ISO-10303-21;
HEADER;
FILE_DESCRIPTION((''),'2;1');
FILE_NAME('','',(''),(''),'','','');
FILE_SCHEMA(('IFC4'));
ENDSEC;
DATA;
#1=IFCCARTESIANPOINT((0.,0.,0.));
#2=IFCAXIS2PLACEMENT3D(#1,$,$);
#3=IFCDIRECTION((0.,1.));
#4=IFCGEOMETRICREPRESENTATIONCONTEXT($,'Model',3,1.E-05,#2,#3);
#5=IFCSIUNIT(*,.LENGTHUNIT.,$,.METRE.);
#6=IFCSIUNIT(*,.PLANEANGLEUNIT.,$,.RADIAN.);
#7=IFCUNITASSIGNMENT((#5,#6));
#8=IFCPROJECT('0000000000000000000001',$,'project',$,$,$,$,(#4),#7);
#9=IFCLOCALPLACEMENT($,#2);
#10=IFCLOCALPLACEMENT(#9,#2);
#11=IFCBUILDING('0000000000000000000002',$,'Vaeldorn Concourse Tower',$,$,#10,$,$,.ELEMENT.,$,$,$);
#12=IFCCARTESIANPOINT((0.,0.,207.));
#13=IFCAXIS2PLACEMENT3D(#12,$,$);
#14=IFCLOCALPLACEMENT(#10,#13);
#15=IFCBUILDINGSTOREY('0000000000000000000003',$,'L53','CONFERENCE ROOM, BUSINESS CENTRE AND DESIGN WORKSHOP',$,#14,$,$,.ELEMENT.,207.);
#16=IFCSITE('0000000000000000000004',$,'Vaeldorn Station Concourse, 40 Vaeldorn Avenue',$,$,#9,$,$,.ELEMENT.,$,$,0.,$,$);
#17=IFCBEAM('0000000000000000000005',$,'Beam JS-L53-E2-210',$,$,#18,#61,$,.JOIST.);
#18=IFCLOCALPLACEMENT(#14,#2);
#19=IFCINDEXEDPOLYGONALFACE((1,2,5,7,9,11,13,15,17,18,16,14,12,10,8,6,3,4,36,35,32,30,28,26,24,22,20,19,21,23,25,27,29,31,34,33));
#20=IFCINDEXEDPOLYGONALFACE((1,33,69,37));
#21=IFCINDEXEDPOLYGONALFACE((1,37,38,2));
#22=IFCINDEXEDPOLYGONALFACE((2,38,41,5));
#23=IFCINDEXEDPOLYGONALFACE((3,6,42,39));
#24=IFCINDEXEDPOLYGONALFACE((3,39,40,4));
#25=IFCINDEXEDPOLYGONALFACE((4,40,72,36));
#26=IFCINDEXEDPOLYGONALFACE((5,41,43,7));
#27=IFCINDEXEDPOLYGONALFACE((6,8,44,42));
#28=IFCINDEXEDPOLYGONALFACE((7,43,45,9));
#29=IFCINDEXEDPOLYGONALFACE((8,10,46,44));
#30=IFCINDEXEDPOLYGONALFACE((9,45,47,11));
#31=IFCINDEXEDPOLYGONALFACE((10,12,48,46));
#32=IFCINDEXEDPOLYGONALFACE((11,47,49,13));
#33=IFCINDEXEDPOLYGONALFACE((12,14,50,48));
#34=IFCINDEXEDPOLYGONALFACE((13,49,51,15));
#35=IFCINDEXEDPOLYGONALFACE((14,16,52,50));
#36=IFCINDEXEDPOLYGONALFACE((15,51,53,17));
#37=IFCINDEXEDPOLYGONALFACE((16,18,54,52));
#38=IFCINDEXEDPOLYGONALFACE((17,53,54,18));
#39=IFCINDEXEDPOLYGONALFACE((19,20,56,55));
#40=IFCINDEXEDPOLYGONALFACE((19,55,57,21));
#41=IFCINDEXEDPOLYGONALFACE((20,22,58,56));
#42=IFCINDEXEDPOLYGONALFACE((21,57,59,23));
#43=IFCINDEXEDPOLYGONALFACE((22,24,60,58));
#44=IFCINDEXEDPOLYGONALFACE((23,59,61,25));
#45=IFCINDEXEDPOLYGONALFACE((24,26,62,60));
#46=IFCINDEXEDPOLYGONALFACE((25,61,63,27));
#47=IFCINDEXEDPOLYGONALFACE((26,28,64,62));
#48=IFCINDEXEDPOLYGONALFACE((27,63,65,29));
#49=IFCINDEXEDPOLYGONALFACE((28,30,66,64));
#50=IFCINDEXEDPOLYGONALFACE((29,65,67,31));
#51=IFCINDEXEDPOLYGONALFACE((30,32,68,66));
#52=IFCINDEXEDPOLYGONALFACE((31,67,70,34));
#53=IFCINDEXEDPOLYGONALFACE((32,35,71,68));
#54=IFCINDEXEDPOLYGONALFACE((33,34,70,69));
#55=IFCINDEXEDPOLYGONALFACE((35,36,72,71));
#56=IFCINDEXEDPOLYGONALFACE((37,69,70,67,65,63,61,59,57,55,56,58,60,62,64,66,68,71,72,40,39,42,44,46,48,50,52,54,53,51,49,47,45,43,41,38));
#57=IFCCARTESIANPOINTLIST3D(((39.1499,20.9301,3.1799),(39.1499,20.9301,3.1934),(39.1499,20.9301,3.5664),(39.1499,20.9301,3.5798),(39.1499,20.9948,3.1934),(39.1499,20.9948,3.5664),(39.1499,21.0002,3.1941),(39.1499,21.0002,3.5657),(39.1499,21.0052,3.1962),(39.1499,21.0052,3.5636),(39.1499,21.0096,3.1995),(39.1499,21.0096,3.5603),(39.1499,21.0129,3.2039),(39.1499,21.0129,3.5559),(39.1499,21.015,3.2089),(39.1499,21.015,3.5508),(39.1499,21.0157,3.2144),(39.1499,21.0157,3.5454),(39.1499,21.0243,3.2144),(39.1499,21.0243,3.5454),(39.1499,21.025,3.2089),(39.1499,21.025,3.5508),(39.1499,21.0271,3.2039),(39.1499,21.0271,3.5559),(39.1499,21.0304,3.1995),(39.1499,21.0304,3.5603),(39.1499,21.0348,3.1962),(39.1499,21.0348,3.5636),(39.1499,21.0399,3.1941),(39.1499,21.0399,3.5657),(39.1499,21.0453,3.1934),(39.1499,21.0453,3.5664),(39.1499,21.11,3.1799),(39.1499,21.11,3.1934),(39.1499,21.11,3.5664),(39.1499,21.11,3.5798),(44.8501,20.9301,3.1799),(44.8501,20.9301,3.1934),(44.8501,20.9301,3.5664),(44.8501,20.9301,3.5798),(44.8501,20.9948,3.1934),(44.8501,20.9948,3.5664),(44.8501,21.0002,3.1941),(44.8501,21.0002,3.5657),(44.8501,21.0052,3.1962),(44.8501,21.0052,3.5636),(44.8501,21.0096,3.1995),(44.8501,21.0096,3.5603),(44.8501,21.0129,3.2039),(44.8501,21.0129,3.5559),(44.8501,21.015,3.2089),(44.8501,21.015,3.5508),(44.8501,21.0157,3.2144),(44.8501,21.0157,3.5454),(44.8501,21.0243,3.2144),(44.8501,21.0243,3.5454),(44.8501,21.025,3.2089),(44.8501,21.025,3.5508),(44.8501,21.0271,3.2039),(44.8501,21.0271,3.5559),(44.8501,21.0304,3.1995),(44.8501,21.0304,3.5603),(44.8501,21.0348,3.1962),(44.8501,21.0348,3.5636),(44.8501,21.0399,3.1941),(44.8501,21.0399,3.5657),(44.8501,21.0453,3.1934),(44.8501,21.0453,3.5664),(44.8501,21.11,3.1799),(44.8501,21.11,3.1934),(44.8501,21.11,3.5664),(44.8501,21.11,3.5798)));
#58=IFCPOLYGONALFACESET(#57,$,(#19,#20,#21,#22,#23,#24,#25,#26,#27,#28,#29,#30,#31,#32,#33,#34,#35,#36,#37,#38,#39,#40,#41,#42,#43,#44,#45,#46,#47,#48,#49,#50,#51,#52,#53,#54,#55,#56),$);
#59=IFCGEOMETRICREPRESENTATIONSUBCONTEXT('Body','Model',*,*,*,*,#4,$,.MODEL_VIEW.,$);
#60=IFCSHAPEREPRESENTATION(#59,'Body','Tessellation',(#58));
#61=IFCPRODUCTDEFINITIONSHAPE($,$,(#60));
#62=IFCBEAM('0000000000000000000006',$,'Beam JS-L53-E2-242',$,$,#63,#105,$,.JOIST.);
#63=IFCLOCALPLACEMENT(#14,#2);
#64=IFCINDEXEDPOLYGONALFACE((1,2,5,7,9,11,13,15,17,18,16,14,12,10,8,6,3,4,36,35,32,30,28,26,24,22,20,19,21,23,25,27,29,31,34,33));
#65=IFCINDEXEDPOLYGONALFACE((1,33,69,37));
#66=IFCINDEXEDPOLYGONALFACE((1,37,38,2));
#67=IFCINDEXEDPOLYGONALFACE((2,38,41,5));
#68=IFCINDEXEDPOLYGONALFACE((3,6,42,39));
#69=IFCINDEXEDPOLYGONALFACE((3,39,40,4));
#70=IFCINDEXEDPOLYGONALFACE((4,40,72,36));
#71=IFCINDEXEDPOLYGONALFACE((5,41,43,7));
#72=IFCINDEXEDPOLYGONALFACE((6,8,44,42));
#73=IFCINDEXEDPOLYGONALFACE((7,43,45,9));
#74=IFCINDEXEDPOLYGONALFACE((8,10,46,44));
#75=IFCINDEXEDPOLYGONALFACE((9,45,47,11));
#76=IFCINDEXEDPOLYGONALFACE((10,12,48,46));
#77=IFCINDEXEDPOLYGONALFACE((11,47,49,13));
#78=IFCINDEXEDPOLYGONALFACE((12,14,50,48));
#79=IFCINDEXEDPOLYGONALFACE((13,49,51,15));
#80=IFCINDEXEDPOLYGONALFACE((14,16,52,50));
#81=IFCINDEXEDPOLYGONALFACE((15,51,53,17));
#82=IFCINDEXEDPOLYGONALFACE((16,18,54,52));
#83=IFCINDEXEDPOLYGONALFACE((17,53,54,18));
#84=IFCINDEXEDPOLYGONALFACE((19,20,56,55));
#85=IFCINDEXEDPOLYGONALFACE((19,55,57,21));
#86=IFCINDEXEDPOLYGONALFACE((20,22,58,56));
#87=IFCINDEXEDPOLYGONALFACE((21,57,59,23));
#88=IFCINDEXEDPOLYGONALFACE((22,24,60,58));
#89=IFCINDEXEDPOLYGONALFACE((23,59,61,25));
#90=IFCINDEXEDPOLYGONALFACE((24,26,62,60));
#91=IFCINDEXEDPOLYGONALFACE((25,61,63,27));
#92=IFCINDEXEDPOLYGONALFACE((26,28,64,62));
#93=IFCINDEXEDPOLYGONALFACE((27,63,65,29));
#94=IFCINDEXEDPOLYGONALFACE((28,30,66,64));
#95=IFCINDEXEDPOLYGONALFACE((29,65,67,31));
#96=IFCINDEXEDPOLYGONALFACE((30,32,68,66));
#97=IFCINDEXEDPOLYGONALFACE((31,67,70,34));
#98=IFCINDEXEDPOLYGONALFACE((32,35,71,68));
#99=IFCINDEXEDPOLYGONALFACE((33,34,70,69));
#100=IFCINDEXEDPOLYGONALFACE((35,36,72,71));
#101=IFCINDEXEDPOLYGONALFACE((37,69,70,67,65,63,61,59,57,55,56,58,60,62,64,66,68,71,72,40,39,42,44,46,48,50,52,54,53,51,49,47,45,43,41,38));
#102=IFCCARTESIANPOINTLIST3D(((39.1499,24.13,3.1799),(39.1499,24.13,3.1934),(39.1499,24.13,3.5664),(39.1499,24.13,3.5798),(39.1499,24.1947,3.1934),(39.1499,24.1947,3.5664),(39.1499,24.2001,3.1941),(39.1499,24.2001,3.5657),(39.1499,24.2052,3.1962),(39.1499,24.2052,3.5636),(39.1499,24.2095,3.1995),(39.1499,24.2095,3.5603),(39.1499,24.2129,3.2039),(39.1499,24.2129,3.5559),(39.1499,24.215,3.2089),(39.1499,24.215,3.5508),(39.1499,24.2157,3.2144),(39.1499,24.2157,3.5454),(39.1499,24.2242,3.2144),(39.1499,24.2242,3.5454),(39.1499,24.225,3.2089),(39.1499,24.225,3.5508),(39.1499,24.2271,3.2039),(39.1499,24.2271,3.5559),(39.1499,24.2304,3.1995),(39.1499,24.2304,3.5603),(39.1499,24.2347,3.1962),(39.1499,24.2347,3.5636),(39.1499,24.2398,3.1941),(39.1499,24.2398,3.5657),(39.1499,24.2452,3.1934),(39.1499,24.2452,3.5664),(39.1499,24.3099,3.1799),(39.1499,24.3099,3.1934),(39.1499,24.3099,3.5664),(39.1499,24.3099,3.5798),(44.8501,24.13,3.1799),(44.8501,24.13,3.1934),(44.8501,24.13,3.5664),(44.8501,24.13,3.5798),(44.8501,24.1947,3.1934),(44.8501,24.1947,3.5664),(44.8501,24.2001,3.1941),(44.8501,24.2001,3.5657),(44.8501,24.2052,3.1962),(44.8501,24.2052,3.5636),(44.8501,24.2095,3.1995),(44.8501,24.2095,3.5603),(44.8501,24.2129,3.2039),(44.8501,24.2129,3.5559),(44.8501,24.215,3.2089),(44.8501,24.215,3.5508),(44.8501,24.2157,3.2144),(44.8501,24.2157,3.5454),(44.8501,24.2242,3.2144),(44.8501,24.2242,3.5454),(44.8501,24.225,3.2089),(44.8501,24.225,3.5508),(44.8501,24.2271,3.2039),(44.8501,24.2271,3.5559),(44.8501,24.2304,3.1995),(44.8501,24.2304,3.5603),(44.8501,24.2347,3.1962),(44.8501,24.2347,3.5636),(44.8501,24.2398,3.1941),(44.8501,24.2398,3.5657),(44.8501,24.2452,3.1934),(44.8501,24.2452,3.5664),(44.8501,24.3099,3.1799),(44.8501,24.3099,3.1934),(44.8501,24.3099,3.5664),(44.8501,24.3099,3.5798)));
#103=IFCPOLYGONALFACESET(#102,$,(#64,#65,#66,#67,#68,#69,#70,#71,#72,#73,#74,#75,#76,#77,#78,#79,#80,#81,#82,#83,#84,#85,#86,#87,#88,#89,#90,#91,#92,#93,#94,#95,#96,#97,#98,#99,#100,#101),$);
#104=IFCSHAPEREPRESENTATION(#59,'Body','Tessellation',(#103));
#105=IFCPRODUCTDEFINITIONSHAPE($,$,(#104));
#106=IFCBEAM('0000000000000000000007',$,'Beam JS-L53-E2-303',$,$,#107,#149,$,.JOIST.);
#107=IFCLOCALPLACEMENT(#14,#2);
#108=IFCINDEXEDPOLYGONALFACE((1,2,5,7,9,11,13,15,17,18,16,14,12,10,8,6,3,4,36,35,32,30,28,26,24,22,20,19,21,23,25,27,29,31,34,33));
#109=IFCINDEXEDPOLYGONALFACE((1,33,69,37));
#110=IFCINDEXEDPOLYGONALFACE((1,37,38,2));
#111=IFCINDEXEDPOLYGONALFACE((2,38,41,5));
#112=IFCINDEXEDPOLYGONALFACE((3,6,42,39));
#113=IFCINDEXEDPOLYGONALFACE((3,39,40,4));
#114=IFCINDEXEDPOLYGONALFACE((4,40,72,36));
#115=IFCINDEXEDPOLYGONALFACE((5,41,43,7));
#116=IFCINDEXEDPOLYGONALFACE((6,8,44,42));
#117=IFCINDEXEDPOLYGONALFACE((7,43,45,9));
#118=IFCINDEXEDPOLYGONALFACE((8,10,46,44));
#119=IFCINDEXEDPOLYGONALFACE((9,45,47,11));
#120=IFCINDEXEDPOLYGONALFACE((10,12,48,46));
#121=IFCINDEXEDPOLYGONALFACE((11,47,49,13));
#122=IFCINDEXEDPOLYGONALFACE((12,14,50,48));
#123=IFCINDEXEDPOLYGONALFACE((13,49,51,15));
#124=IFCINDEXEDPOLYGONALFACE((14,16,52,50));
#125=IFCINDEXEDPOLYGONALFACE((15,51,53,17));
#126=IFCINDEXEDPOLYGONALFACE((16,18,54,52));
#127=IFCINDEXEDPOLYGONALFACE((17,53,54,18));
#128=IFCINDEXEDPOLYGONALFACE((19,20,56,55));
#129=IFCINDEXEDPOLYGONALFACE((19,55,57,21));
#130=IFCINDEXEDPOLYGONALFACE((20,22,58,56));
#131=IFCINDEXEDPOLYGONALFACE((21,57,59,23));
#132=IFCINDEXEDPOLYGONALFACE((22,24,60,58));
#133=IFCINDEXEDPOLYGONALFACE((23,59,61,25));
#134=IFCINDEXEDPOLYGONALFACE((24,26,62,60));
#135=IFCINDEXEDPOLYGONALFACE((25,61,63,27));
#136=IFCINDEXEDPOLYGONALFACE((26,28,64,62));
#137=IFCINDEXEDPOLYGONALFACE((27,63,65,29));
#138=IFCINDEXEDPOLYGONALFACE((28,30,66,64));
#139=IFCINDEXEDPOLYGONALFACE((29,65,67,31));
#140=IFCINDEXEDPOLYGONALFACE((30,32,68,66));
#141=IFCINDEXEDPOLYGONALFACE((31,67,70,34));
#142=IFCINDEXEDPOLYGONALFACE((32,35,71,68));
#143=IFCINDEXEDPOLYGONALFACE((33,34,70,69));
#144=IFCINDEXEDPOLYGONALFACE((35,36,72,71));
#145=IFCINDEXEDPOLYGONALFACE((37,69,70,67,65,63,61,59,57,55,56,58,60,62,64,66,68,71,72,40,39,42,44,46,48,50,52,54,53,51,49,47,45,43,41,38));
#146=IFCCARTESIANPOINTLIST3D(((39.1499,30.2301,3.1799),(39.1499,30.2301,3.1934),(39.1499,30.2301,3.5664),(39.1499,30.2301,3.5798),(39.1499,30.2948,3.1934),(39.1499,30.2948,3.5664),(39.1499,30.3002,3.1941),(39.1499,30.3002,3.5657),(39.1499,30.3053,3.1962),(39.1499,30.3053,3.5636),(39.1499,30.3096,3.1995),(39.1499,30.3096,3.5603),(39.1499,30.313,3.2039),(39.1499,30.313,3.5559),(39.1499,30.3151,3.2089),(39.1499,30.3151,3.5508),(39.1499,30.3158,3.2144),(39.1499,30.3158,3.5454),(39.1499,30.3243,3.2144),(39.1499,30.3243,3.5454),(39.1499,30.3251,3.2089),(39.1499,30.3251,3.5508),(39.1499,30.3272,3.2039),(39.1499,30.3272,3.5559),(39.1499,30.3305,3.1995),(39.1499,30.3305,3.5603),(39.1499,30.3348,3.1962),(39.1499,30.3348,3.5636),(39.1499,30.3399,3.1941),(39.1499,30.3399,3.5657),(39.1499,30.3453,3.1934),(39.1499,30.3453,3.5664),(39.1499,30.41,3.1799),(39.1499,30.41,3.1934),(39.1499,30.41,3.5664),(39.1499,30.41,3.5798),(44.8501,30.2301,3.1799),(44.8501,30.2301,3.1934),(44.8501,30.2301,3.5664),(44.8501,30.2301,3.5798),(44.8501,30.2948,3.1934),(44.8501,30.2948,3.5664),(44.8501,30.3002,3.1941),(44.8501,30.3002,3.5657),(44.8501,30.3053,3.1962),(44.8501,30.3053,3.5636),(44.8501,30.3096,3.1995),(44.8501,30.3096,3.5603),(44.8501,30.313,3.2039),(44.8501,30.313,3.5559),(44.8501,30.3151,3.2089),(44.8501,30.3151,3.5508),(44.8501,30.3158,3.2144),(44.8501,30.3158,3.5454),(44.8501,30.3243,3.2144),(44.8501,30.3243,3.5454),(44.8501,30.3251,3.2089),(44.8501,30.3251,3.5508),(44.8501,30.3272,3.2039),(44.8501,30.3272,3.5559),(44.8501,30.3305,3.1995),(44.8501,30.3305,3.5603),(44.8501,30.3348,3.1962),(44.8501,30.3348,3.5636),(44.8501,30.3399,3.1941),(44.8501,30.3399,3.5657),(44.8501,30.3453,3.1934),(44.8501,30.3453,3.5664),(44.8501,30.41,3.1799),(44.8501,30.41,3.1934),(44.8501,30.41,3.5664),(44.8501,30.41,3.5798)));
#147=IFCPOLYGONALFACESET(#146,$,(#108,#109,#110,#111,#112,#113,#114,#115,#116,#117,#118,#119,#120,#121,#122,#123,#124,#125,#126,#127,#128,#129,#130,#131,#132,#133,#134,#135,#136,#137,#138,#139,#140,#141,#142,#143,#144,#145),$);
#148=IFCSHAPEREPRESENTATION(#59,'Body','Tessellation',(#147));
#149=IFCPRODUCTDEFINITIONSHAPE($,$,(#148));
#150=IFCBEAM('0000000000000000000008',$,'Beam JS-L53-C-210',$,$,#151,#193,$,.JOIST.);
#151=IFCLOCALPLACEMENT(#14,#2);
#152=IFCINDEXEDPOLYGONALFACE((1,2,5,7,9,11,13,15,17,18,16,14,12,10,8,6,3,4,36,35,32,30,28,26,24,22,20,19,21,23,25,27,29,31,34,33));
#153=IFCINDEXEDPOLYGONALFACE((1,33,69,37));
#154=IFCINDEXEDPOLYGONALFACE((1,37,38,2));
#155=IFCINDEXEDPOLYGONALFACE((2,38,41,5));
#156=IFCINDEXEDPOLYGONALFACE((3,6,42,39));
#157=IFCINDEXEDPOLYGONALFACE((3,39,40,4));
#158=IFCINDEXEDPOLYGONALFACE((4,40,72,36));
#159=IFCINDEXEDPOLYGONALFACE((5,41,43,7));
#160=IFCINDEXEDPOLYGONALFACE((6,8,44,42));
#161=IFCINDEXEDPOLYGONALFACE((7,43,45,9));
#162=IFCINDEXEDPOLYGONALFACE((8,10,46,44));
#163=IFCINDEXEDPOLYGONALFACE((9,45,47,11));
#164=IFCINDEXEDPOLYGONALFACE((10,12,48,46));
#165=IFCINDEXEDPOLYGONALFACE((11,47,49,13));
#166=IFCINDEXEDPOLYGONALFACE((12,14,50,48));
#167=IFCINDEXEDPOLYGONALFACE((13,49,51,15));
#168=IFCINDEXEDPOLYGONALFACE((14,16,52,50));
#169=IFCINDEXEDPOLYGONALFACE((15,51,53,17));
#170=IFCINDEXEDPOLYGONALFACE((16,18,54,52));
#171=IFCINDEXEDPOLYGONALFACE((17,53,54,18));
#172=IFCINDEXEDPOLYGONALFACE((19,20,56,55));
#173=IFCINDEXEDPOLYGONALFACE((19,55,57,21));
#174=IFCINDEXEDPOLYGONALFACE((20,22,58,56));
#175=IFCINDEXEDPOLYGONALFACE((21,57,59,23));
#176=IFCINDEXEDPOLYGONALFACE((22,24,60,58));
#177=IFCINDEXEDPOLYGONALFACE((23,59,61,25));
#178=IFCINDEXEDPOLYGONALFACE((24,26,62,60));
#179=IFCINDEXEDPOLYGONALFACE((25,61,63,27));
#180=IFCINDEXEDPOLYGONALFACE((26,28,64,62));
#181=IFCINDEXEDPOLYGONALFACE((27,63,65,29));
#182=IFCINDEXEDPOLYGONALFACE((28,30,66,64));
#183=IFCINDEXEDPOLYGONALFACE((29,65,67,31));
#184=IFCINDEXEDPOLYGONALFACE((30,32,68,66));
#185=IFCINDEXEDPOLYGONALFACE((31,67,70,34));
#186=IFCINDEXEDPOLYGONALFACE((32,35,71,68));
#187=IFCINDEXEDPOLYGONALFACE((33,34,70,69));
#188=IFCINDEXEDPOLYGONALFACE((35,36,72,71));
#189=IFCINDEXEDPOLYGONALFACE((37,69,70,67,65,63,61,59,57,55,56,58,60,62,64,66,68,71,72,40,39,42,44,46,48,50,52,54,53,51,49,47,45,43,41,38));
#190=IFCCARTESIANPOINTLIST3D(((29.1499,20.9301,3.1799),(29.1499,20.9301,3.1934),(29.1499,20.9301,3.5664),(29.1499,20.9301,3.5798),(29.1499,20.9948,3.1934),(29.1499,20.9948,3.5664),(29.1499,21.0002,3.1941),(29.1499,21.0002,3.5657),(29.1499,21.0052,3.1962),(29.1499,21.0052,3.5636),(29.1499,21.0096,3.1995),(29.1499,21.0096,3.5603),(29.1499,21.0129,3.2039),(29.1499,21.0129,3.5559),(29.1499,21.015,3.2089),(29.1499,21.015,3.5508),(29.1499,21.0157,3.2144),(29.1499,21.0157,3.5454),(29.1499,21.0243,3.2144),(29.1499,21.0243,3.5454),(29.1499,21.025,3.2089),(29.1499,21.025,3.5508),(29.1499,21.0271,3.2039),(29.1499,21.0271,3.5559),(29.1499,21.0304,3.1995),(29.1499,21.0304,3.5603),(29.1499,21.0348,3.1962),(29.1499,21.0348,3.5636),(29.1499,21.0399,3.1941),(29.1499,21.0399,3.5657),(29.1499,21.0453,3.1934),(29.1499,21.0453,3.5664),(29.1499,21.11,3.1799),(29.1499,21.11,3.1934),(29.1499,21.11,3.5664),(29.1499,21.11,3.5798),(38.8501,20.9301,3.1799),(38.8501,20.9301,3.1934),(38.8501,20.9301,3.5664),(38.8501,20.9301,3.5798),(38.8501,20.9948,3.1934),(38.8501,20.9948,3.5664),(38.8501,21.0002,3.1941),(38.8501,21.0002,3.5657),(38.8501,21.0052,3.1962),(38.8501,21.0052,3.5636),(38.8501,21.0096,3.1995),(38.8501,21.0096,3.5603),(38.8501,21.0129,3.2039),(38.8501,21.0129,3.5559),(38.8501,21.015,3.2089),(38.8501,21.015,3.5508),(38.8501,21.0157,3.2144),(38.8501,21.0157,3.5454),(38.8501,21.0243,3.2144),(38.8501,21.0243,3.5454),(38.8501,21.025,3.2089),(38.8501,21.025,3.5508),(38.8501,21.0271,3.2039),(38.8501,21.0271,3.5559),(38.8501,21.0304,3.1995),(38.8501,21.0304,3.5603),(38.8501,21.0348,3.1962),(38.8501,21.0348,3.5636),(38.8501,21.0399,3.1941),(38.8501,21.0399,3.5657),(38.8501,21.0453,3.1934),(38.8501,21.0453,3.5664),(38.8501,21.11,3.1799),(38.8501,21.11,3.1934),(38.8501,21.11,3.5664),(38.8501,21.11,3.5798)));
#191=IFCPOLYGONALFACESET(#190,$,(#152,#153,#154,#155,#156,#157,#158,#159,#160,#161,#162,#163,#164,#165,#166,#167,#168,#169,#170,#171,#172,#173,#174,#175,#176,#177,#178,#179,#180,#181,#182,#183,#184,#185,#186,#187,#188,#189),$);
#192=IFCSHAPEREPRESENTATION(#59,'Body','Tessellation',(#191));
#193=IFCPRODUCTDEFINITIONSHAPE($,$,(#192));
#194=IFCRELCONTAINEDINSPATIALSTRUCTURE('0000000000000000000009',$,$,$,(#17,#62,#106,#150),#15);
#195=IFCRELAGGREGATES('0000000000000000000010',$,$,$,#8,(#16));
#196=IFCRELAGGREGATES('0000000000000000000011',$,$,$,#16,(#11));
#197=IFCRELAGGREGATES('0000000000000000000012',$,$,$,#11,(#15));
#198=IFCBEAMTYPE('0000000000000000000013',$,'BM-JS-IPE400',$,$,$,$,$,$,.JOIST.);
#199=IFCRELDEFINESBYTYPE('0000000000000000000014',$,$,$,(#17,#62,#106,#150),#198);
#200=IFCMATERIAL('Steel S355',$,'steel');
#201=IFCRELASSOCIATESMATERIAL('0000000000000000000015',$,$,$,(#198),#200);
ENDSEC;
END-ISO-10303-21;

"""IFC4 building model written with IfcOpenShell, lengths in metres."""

from ifc_helpers import new_model, si_unit, direction, frame, origin, origin_2d, place, context, subcontext, project, spatial, i_section, extrude, source, transform, mapped, material, material_profile, profile_set, type_object, element, save


model = new_model("IFC4")

# Units and contexts
model_context = context("Model", 3, precision=1e-05, world=origin(), true_north=direction((0.0, 1.0)))
body_context = subcontext(model_context, "Body", "Model", "MODEL_VIEW")
ifc_project = project(units=[si_unit("LENGTHUNIT", "METRE"), si_unit("PLANEANGLEUNIT", "RADIAN")], contexts=[model_context])

# Site, building, storey
site_placement = place(None, origin())
site = spatial("IfcSite", under=ifc_project, at=site_placement, Name="Vaeldorn Station Concourse, 40 Vaeldorn Avenue", CompositionType="ELEMENT", RefElevation=0.0)
building_placement = place(site_placement, origin())
building = spatial("IfcBuilding", under=site, at=building_placement, Name="Vaeldorn Concourse Tower", CompositionType="ELEMENT")
storey_placement = place(building_placement, frame((0.0, 0.0, 207.0)))
storey = spatial("IfcBuildingStorey", under=building, at=storey_placement, Name="L53", Description="CONFERENCE ROOM, BUSINESS CENTRE AND DESIGN WORKSHOP", CompositionType="ELEMENT", Elevation=207.0)

# Shared definitions
ifc_material_1 = material(Name="Steel S355", Category="steel")

# Beams
ifc_material_profile_1 = material_profile(ifc_material_1, i_section(OverallWidth=0.1799, OverallDepth=0.3999, WebThickness=0.0085, FlangeThickness=0.0134, FilletRadius=0.021, at=origin_2d()), Name="IPE 400")
ifc_profile_set_1 = profile_set([ifc_material_profile_1], Name="Steel S355")
beam_type_1 = type_object("IfcBeamType", Name="BM-JS-IPE400", PredefinedType="JOIST", material=ifc_profile_set_1)
shared_shape_1 = source(origin(), body_context, "Body", "SweptSolid", [
    extrude(i_section(OverallWidth=0.1799, OverallDepth=0.3999, WebThickness=0.0085, FlangeThickness=0.0134, FilletRadius=0.021, at=origin_2d()), origin(), (0.0, 0.0, 1.0), 5.7002),
])
for number, where, z_axis, x_axis, name in (
    (1, (39.1499, 21.02, 3.3799), (1.0, 0.0, 0.0), (0.0, 1.0, 0.0), "Beam JS-L53-E2-210"),
    (2, (39.1499, 24.22, 3.3799), (1.0, 0.0, 0.0), (0.0, 1.0, 0.0), "Beam JS-L53-E2-242"),
    (3, (39.1499, 30.3201, 3.3799), (1.0, 0.0, 0.0), (0.0, 1.0, 0.0), "Beam JS-L53-E2-303"),
):
    element("IfcBeam", number, at=place(storey_placement, frame(where, z_axis=z_axis, x_axis=x_axis)), inside=storey, type_object=beam_type_1, Name=name, PredefinedType="JOIST", context=body_context, shape_type="MappedRepresentation", body=[
        mapped(shared_shape_1, transform((0.0, 0.0, 0.0), scale=1.0)),
    ])
shared_shape_2 = source(origin(), body_context, "Body", "SweptSolid", [
    extrude(i_section(OverallWidth=0.1799, OverallDepth=0.3999, WebThickness=0.0085, FlangeThickness=0.0134, FilletRadius=0.021, at=origin_2d()), origin(), (0.0, 0.0, 1.0), 9.7002),
])
for number, where, z_axis, x_axis, name in (
    (4, (29.1499, 21.02, 3.3799), (1.0, 0.0, 0.0), (0.0, 1.0, 0.0), "Beam JS-L53-C-210"),
):
    element("IfcBeam", number, at=place(storey_placement, frame(where, z_axis=z_axis, x_axis=x_axis)), inside=storey, type_object=beam_type_1, Name=name, PredefinedType="JOIST", context=body_context, shape_type="MappedRepresentation", body=[
        mapped(shared_shape_2, transform((0.0, 0.0, 0.0), scale=1.0)),
    ])

save(model, "model.ifc")
